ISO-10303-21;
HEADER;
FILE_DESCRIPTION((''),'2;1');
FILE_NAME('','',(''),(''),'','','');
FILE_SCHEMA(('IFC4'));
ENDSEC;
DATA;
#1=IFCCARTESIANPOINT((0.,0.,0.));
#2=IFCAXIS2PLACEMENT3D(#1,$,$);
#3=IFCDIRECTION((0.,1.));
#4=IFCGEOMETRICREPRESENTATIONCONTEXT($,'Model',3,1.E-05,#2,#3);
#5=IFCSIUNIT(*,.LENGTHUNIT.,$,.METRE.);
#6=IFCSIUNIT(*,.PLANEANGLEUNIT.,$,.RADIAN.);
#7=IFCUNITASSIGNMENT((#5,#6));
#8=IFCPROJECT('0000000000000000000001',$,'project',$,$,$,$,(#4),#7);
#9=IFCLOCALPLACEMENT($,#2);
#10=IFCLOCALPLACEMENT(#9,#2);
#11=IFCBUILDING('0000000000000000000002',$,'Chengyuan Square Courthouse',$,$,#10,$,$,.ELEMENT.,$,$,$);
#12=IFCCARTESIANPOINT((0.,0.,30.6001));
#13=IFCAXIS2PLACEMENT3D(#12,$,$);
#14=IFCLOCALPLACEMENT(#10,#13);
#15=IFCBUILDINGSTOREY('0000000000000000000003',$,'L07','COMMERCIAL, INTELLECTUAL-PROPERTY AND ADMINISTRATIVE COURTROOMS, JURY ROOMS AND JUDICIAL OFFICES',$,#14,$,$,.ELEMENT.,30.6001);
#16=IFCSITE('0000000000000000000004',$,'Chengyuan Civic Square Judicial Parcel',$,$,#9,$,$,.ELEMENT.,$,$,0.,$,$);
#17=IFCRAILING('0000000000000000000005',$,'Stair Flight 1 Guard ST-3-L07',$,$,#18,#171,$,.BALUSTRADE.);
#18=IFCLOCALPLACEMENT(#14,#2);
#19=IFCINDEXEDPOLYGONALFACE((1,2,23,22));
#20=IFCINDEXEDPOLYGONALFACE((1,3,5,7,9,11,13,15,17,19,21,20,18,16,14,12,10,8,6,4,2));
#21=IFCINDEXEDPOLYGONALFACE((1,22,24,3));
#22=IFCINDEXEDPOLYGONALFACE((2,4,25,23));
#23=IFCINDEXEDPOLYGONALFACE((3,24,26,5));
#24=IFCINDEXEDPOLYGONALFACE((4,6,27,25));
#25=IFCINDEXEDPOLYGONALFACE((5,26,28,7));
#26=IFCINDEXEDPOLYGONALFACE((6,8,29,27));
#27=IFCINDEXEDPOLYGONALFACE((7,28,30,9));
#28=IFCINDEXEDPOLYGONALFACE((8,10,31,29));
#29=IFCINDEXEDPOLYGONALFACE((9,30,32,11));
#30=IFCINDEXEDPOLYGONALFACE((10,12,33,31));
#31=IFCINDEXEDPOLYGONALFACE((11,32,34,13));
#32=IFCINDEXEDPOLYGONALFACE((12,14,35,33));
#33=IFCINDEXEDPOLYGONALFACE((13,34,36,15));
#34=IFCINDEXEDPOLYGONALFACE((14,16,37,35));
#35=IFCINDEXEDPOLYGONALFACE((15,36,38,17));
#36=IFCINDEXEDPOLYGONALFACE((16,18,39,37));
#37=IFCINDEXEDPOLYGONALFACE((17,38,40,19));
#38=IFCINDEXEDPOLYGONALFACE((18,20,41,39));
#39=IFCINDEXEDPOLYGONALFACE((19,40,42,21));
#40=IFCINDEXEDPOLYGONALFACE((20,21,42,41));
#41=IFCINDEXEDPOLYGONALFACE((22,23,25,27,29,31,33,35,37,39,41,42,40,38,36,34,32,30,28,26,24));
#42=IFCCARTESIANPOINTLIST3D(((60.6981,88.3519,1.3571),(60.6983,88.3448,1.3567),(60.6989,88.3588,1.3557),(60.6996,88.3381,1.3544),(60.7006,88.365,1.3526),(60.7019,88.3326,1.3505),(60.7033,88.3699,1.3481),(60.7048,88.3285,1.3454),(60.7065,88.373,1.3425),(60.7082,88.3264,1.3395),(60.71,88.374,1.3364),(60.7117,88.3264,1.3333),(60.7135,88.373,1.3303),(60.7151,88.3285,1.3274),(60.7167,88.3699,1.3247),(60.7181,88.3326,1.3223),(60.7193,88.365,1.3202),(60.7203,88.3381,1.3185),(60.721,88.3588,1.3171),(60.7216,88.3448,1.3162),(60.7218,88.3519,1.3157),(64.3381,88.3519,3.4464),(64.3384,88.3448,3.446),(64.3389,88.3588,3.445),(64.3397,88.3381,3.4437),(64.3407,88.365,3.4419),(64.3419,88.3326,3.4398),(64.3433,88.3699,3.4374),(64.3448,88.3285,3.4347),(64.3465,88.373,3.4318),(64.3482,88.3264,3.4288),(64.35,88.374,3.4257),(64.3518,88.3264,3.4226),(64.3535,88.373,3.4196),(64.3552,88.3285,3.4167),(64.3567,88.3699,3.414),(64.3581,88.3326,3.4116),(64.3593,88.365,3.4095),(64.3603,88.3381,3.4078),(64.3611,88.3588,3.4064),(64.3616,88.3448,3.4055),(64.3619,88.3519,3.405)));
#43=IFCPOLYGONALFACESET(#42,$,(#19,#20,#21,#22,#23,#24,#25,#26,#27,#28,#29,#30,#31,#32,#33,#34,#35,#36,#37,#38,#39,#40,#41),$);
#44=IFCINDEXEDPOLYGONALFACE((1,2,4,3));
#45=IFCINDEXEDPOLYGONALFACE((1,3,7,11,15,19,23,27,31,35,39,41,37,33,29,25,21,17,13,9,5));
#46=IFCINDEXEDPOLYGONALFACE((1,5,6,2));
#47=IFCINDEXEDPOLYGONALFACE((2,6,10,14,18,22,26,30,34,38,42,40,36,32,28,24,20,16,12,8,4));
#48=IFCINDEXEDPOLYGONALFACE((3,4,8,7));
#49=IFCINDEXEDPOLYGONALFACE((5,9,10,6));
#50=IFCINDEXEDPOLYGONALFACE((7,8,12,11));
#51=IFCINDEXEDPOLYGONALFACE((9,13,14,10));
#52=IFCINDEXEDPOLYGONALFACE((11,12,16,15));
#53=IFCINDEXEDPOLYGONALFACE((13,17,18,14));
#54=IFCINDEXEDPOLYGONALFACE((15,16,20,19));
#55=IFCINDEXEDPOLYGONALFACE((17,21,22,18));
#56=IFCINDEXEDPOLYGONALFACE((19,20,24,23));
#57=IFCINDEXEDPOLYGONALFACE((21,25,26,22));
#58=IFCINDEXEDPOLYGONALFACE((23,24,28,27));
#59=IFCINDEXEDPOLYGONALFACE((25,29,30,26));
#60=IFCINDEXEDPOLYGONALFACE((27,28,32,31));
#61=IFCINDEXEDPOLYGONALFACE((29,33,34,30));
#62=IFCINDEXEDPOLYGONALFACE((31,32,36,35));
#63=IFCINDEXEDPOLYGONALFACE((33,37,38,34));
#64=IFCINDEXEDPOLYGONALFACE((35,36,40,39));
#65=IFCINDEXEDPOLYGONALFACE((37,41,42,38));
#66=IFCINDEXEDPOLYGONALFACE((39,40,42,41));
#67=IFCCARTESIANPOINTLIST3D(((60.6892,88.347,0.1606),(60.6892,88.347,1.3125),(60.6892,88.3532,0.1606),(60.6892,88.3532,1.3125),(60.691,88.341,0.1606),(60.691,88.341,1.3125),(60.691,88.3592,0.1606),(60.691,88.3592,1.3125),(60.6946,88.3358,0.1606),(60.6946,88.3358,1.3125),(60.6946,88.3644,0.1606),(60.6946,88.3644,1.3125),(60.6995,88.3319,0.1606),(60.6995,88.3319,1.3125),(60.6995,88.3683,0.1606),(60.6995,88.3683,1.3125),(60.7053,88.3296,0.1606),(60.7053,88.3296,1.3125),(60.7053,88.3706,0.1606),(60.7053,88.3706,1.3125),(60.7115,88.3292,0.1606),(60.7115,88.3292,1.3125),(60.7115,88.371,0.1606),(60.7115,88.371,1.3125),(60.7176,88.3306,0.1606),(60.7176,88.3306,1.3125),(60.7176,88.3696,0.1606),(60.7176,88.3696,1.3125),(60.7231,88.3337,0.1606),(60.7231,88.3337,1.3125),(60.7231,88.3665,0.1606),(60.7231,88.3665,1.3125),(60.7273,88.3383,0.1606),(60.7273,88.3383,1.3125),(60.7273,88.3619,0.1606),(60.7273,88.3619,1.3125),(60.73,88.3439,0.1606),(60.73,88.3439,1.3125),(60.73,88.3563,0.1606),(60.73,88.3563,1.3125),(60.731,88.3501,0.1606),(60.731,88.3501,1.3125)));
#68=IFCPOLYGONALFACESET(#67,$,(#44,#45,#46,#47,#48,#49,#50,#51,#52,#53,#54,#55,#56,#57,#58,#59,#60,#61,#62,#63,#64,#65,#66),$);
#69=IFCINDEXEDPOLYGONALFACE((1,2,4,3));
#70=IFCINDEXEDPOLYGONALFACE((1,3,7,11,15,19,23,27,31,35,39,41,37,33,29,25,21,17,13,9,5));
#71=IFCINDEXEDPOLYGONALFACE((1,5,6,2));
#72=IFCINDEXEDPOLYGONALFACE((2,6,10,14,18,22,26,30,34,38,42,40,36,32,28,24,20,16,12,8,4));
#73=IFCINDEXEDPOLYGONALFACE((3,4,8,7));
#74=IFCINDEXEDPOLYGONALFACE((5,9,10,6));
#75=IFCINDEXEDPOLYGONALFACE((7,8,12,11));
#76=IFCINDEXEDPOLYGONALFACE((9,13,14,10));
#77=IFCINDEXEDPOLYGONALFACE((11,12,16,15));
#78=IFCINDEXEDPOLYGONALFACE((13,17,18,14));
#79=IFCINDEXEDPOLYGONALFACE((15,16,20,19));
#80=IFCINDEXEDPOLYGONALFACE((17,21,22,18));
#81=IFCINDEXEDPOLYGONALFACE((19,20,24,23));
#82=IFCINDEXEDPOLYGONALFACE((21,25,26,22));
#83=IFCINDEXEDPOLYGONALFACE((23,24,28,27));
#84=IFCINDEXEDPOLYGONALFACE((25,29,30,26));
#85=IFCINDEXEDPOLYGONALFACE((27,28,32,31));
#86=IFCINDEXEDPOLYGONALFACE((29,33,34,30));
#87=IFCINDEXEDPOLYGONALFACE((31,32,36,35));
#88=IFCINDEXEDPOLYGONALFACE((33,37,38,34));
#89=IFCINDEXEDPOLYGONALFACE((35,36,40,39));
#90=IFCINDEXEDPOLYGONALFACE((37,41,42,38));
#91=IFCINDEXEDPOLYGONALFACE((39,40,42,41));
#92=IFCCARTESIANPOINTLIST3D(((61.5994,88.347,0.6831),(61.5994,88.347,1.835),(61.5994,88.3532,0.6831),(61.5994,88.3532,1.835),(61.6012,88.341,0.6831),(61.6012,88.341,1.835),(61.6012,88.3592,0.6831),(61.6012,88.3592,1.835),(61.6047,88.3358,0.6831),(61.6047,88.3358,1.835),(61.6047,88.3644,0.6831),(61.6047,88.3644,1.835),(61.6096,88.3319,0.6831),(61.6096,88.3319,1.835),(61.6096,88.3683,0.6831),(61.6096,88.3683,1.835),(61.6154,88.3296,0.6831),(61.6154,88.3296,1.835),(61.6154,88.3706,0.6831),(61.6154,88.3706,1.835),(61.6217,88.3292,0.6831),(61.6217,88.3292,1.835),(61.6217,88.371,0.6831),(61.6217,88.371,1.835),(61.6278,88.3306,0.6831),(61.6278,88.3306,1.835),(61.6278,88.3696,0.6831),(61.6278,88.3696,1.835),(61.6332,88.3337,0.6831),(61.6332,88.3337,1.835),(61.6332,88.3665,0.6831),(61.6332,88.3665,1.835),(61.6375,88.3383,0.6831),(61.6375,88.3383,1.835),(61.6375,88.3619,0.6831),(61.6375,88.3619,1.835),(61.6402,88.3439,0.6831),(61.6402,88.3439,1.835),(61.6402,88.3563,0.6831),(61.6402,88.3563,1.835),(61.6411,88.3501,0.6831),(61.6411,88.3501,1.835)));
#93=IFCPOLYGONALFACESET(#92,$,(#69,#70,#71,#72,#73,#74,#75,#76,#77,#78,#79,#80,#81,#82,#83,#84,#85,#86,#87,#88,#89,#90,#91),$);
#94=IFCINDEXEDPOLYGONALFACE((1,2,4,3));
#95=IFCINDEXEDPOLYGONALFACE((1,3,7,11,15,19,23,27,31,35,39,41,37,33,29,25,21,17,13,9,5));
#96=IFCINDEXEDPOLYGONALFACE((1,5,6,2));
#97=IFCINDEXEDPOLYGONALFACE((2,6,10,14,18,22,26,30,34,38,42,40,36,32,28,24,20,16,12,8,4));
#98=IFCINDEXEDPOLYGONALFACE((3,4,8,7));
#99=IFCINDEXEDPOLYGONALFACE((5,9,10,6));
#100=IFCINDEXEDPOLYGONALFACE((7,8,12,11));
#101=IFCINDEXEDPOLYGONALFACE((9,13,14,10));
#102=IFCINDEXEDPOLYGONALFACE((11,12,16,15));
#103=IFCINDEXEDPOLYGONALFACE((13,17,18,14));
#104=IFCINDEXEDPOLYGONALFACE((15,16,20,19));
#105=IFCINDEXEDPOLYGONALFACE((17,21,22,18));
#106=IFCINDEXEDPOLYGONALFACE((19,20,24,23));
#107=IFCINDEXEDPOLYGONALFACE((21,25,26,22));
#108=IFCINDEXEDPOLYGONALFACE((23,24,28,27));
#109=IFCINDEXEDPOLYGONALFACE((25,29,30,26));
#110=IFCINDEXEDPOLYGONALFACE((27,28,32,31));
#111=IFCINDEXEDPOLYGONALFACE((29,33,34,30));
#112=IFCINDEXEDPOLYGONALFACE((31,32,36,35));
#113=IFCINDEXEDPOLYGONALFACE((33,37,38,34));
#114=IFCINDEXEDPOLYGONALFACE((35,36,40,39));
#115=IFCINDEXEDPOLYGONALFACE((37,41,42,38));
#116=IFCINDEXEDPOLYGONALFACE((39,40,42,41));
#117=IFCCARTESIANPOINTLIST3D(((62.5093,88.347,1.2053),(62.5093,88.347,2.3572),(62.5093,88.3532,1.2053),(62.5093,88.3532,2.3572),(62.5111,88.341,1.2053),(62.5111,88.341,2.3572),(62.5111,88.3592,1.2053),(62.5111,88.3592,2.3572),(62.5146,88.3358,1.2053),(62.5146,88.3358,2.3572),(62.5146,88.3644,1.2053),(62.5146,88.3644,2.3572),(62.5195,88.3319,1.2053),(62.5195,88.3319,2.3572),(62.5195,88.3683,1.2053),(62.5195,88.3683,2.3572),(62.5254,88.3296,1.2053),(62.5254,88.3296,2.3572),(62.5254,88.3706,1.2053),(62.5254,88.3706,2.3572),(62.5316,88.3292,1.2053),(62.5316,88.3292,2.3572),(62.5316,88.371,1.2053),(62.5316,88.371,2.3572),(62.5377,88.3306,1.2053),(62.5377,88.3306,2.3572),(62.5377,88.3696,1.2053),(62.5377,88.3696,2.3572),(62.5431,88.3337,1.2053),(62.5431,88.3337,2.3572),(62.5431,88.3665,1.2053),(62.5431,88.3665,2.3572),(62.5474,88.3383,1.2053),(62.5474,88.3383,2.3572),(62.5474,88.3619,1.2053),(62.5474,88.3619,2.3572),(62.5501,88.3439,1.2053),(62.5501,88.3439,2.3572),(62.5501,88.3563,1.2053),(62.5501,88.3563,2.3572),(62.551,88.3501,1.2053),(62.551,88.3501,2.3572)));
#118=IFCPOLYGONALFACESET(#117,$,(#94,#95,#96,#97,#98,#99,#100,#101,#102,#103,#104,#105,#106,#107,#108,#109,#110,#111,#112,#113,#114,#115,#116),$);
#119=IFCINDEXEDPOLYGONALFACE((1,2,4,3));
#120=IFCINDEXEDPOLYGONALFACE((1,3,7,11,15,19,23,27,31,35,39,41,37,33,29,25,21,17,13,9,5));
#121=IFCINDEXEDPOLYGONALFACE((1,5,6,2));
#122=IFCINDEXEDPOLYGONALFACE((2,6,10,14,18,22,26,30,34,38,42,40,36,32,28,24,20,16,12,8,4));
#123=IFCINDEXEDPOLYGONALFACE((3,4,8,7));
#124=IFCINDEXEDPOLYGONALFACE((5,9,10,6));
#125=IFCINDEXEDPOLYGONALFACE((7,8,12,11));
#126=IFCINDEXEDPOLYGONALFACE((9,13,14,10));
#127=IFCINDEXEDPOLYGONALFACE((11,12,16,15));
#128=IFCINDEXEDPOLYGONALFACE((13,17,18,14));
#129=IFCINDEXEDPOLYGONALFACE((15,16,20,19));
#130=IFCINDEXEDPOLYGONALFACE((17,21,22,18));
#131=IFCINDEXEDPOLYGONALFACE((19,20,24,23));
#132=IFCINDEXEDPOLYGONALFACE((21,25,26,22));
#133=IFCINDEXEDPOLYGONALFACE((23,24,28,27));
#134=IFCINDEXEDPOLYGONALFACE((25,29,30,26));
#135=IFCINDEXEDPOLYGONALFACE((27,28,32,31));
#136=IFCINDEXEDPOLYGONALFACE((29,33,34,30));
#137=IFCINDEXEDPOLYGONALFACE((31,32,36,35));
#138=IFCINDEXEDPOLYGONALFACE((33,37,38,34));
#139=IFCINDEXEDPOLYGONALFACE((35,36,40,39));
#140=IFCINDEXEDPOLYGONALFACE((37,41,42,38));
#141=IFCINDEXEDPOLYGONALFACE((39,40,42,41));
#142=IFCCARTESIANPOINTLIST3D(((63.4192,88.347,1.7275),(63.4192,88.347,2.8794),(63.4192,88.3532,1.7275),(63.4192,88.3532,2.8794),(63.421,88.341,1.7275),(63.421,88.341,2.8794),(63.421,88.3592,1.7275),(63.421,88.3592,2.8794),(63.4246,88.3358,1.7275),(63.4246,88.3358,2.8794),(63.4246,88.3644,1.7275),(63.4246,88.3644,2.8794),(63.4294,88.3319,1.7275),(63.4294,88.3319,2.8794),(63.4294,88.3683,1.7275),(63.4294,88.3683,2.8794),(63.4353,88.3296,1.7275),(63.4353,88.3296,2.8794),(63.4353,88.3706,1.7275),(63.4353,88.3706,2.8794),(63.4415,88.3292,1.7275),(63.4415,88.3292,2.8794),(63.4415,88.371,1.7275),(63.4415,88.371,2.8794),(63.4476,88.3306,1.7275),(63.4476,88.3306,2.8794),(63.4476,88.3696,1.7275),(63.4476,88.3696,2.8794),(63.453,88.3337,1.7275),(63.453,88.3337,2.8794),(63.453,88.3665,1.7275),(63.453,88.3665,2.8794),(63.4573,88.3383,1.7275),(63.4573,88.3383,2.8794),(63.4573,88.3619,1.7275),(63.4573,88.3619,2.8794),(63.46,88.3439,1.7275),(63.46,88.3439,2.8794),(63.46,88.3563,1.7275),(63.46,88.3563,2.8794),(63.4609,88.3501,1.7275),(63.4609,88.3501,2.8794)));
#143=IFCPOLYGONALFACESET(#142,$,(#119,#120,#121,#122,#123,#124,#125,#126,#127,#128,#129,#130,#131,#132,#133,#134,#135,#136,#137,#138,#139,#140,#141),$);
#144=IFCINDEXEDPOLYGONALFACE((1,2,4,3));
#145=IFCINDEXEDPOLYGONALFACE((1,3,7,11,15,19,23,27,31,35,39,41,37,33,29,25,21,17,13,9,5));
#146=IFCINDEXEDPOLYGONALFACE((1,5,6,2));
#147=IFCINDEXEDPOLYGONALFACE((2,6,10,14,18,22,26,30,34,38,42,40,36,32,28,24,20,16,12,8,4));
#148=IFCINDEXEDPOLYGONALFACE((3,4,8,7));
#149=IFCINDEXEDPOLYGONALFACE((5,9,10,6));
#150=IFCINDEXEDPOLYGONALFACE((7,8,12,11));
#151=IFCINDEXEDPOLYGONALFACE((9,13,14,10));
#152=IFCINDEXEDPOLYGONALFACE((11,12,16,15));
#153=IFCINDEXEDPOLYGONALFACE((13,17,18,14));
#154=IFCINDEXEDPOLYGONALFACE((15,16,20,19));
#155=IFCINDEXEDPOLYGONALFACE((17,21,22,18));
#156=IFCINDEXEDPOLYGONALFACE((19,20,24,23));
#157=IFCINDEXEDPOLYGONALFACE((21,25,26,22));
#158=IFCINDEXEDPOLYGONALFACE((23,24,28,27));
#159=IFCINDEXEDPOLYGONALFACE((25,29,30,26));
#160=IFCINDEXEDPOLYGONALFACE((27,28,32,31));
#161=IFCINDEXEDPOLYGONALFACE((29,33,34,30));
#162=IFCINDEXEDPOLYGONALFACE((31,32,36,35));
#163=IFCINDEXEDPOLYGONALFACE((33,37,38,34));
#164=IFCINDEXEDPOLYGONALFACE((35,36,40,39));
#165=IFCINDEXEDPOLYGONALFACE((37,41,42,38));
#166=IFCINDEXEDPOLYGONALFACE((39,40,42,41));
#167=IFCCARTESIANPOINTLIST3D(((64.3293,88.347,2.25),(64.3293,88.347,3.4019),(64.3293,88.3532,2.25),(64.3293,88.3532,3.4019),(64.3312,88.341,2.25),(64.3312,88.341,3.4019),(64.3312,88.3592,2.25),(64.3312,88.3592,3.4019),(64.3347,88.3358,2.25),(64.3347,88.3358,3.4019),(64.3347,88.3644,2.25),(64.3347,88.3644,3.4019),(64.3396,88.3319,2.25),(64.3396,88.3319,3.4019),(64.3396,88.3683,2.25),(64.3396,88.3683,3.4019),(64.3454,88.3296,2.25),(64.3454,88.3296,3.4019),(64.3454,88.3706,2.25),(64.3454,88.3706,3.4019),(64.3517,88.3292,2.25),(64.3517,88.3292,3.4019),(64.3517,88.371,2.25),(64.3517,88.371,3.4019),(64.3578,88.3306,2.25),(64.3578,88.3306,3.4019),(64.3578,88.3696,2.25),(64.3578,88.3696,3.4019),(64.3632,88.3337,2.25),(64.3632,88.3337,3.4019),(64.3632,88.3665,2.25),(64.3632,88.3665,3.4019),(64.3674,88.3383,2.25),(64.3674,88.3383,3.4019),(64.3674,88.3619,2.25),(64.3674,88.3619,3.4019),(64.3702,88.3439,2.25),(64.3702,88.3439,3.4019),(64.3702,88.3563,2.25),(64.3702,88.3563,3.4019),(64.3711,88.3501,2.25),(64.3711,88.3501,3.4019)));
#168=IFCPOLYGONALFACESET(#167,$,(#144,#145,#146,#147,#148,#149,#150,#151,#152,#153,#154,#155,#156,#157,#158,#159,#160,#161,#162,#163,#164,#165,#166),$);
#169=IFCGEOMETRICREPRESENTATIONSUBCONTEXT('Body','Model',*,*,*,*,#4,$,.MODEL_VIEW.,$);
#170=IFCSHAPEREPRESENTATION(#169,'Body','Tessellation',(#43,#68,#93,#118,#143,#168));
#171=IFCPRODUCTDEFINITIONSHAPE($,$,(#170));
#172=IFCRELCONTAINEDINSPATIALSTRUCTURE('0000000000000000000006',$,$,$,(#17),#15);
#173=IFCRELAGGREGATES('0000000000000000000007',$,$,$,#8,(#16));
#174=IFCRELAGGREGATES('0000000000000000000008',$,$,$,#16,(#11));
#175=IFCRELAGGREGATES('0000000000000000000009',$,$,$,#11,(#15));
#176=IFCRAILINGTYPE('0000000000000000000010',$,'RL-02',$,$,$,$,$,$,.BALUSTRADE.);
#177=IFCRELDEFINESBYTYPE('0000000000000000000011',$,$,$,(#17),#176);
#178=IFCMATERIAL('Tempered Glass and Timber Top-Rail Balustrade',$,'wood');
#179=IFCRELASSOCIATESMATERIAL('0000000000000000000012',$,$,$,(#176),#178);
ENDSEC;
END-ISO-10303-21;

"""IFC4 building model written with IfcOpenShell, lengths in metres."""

from ifc_helpers import new_model, si_unit, direction, frame, origin, origin_2d, place, context, subcontext, project, spatial, circle, extrude, material, type_object, element, save


model = new_model("IFC4")

# Units and contexts
model_context = context("Model", 3, precision=1e-05, world=origin(), true_north=direction((0.0, 1.0)))
body_context = subcontext(model_context, "Body", "Model", "MODEL_VIEW")
ifc_project = project(units=[si_unit("LENGTHUNIT", "METRE"), si_unit("PLANEANGLEUNIT", "RADIAN")], contexts=[model_context])

# Site, building, storey
site_placement = place(None, origin())
site = spatial("IfcSite", under=ifc_project, at=site_placement, Name="Chengyuan Civic Square Judicial Parcel", CompositionType="ELEMENT", RefElevation=0.0)
building_placement = place(site_placement, origin())
building = spatial("IfcBuilding", under=site, at=building_placement, Name="Chengyuan Square Courthouse", CompositionType="ELEMENT")
storey_placement = place(building_placement, frame((0.0, 0.0, 30.6001)))
storey = spatial("IfcBuildingStorey", under=building, at=storey_placement, Name="L07", Description="COMMERCIAL, INTELLECTUAL-PROPERTY AND ADMINISTRATIVE COURTROOMS, JURY ROOMS AND JUDICIAL OFFICES", CompositionType="ELEMENT", Elevation=30.6001)

# Railing
ifc_material_1 = material(Name="Tempered Glass and Timber Top-Rail Balustrade", Category="wood")
railing_type_1 = type_object("IfcRailingType", Name="RL-02", PredefinedType="BALUSTRADE", material=ifc_material_1)
railing_1_placement = place(storey_placement, frame((60.71, 88.3501, 0.1606)))
element("IfcRailing", 1, at=railing_1_placement, inside=storey, type_object=railing_type_1, Name="Stair Flight 1 Guard ST-3-L07", PredefinedType="BALUSTRADE", context=body_context, shape_type="SweptSolid", body=[
    extrude(circle(Radius=0.0239, at=origin_2d()), frame((0.0, 0.0, 1.1758), z_axis=(0.867289, 0.0, 0.497804), x_axis=(0.0, 1.0, 0.0)), (0.0, 0.0, 1.0), 4.197),
    extrude(circle(Radius=0.021, at=origin_2d()), origin(), (0.0, 0.0, 1.0), 1.1519),
    extrude(circle(Radius=0.021, at=origin_2d()), frame((0.9102, 0.0, 0.5225)), (0.0, 0.0, 1.0), 1.1519),
    extrude(circle(Radius=0.021, at=origin_2d()), frame((1.8201, 0.0, 1.0447)), (0.0, 0.0, 1.0), 1.1519),
    extrude(circle(Radius=0.021, at=origin_2d()), frame((2.73, 0.0, 1.5669)), (0.0, 0.0, 1.0), 1.1519),
    extrude(circle(Radius=0.021, at=origin_2d()), frame((3.6401, 0.0, 2.0894)), (0.0, 0.0, 1.0), 1.1519),
])

save(model, "model.ifc")
